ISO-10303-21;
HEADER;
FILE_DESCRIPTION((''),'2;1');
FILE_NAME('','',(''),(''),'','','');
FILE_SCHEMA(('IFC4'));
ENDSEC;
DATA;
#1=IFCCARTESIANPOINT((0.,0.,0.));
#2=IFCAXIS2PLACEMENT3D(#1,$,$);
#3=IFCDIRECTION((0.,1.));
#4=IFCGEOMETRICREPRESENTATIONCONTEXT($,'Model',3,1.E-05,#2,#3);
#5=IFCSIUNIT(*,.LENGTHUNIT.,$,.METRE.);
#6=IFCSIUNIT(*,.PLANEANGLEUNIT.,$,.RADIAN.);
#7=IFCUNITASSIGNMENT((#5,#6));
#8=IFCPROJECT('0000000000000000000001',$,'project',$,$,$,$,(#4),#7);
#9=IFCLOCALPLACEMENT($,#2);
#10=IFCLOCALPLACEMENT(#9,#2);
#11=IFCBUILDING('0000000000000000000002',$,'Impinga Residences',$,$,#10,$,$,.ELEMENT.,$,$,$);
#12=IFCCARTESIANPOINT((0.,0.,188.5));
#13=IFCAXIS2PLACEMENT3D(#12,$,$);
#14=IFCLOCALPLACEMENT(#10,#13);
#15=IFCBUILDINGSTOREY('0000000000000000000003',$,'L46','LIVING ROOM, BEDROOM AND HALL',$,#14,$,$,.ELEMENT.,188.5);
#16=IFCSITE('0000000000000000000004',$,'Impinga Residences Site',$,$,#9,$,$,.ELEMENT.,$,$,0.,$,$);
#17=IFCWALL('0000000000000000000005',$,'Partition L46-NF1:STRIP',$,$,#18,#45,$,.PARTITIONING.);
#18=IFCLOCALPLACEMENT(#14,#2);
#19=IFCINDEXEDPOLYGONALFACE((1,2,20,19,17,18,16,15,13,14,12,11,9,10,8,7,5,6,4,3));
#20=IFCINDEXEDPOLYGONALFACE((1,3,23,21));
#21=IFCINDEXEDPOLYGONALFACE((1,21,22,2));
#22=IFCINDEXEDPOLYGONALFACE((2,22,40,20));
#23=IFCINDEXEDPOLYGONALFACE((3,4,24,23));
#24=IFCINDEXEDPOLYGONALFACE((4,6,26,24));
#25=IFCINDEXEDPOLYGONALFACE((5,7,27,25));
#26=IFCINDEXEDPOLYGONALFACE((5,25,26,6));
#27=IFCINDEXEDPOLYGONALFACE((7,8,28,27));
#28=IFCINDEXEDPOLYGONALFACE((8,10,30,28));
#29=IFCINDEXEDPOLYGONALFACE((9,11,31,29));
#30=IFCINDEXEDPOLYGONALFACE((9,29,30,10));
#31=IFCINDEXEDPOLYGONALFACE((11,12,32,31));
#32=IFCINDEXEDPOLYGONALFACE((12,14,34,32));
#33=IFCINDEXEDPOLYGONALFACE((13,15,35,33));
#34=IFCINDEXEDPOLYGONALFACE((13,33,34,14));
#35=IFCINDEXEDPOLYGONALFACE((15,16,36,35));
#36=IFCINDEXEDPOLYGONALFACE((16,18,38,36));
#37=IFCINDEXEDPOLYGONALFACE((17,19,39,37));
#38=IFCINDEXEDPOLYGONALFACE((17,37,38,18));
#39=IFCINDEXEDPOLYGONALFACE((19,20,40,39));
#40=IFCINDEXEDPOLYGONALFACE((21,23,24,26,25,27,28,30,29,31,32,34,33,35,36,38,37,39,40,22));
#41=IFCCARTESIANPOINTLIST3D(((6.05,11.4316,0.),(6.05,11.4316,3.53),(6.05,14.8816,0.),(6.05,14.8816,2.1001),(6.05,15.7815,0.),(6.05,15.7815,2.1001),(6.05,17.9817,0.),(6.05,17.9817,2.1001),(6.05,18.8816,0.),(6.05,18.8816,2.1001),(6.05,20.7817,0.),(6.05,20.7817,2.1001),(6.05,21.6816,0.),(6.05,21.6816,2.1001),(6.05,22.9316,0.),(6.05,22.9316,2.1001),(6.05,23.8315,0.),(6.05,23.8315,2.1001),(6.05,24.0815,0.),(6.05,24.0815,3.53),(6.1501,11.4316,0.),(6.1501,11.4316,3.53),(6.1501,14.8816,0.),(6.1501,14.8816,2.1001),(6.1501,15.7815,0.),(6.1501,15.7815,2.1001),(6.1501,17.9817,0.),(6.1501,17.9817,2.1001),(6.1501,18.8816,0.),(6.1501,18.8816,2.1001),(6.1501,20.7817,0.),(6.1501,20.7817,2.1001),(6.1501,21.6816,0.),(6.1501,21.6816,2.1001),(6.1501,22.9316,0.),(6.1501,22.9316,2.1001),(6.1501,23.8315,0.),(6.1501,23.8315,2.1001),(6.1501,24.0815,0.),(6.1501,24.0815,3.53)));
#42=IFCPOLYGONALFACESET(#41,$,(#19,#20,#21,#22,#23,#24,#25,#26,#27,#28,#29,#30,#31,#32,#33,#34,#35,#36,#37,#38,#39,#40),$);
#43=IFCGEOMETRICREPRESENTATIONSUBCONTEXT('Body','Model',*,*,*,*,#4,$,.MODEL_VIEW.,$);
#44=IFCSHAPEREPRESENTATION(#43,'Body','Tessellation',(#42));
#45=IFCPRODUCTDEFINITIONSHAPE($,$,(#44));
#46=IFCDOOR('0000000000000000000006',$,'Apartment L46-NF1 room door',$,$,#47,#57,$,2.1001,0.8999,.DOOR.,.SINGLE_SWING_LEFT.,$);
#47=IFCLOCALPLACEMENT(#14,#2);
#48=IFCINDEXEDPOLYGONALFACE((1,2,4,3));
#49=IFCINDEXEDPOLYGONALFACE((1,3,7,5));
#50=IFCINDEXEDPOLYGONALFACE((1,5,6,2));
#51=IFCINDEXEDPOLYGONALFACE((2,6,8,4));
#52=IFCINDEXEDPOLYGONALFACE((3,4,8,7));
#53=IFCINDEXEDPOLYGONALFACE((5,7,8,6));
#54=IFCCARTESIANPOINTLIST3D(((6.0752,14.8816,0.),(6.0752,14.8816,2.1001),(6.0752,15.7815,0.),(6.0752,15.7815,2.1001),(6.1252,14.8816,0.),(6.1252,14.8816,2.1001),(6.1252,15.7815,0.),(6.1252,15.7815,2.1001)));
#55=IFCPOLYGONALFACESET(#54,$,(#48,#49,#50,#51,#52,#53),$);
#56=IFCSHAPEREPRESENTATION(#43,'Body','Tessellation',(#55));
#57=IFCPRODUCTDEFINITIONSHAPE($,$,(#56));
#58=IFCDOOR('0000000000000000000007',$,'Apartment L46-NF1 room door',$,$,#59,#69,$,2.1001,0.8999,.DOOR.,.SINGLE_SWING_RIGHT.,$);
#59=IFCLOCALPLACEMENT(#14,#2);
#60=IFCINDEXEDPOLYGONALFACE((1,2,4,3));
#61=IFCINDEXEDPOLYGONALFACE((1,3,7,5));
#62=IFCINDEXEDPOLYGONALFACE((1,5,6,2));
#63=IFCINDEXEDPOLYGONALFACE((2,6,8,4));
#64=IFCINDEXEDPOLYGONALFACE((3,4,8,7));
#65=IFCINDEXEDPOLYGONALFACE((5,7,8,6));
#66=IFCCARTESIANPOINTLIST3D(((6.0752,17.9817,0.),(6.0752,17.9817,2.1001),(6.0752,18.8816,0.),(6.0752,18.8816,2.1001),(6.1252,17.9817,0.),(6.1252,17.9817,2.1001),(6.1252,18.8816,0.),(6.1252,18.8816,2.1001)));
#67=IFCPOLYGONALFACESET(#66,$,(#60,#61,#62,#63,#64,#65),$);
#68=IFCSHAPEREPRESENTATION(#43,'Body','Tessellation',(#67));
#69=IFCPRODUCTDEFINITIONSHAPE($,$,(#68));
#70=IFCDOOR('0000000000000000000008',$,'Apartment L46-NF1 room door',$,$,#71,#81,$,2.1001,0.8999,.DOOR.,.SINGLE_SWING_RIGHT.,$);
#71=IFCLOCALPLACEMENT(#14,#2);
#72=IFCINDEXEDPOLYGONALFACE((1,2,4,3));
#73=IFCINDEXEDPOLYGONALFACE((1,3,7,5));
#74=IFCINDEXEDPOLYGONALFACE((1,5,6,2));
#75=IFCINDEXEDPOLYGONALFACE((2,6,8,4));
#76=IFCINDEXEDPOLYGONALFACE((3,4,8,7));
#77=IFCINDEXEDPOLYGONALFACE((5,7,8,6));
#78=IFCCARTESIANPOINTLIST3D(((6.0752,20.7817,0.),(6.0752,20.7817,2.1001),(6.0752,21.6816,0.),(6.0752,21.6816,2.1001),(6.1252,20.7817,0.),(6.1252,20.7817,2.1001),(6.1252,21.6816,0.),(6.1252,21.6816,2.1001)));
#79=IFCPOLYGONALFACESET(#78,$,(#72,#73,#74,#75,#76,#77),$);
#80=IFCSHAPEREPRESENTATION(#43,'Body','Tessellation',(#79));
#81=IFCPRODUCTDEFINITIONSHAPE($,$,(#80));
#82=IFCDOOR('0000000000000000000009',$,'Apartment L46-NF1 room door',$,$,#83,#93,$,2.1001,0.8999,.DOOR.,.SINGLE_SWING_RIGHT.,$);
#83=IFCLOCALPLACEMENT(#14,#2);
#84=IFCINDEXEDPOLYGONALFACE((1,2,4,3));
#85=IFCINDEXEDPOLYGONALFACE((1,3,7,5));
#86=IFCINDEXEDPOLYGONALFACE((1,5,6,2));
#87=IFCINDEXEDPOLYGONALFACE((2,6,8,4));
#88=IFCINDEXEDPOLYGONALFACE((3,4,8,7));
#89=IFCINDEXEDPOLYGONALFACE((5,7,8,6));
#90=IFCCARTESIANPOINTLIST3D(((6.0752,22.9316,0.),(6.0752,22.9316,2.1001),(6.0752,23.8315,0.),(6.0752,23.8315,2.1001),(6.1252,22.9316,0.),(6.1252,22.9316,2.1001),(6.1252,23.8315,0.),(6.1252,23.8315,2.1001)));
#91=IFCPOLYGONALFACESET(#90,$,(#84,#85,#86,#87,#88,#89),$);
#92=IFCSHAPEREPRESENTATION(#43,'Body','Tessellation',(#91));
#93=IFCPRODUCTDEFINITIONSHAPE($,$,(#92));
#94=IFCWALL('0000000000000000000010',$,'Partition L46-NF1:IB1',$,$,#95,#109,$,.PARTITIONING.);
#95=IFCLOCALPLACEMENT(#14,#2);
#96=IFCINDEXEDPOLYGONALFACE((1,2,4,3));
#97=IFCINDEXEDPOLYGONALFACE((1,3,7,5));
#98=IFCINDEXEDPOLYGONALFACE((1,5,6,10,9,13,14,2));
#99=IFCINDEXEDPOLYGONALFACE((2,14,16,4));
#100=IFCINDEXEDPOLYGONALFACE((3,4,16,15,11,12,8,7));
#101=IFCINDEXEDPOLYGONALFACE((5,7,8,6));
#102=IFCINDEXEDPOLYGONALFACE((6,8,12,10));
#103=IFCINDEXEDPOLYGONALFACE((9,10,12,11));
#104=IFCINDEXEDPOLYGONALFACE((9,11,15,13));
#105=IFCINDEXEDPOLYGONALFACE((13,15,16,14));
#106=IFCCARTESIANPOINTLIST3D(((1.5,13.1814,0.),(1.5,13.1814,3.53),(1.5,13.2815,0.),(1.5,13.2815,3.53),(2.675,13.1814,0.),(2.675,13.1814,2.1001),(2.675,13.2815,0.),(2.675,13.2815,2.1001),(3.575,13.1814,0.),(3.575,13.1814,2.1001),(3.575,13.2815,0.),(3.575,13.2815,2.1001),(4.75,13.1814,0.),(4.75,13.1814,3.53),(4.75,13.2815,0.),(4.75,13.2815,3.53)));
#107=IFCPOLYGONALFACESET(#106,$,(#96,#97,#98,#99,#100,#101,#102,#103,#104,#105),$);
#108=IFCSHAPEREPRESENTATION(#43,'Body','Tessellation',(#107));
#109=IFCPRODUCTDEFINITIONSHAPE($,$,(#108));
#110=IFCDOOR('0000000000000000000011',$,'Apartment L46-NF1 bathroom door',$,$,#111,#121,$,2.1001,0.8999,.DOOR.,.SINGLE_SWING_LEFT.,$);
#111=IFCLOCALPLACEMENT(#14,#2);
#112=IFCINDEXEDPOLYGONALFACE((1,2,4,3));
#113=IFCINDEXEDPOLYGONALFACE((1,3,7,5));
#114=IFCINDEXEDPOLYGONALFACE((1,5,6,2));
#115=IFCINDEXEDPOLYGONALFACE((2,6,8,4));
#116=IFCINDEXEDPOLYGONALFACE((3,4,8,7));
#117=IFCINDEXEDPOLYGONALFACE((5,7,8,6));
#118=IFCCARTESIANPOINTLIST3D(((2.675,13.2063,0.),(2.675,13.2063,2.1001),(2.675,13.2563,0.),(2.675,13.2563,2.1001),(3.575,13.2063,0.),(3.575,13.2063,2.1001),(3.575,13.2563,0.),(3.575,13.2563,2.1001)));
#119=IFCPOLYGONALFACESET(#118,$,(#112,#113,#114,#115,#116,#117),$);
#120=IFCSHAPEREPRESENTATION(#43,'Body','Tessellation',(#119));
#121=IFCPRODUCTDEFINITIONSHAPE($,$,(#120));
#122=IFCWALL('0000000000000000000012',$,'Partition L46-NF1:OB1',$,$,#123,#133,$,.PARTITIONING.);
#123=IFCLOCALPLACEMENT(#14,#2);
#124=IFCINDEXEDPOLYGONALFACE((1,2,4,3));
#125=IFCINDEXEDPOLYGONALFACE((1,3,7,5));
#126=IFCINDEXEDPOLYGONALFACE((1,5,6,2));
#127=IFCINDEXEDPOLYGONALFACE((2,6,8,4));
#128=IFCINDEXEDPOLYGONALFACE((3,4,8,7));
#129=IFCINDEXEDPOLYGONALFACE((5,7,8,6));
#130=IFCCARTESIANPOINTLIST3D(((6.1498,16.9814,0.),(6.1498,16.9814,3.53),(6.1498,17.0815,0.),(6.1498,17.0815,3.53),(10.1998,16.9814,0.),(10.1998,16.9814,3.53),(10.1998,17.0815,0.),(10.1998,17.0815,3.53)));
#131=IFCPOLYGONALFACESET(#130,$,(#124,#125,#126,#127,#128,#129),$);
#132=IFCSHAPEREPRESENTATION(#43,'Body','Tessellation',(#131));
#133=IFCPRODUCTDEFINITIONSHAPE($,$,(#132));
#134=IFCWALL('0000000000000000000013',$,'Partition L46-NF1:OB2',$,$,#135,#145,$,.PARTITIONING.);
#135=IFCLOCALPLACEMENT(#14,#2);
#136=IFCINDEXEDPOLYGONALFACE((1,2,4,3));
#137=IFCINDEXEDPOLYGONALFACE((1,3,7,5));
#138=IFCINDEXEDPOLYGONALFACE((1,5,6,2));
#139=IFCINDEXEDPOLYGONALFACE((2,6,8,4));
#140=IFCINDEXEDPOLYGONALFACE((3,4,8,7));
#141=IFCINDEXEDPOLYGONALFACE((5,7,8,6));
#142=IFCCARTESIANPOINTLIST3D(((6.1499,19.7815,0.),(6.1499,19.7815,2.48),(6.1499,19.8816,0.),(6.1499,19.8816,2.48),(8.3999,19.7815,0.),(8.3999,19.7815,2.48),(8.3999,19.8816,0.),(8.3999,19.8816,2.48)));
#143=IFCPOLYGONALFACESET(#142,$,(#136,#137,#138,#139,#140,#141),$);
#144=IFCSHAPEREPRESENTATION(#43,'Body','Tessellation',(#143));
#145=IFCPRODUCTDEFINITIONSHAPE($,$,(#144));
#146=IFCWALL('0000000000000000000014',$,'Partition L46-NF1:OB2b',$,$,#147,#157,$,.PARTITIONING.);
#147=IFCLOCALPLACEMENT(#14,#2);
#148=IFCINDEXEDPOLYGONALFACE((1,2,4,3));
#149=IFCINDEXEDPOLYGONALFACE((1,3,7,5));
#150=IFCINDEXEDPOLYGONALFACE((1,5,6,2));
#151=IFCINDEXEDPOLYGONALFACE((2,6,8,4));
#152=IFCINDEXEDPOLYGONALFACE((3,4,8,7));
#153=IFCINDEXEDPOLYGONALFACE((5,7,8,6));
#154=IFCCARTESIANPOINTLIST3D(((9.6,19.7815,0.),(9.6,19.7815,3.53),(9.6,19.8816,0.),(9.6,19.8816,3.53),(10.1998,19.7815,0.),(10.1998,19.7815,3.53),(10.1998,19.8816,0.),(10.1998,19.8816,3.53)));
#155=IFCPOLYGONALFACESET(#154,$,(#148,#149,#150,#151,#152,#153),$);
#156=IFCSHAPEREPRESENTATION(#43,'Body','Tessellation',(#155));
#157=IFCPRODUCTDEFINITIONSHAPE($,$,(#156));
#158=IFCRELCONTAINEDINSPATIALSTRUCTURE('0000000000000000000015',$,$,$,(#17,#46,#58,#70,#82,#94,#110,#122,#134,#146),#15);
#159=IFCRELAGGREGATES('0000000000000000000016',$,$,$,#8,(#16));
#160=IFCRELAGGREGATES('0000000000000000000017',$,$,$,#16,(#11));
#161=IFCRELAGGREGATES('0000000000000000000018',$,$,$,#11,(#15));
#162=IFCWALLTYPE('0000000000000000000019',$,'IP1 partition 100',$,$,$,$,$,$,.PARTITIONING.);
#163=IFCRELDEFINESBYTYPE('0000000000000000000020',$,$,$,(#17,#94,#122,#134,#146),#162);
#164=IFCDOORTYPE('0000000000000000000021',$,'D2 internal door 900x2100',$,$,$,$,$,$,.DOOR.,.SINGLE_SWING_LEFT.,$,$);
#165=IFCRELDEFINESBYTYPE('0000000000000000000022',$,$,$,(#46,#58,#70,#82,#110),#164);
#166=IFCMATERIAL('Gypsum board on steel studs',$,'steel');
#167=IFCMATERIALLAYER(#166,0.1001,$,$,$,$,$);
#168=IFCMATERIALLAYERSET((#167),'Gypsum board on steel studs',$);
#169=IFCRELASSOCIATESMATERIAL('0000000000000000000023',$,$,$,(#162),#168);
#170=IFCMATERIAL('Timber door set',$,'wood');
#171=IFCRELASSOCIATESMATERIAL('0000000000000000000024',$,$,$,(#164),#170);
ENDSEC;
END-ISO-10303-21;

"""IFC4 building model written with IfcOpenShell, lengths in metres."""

from ifc_helpers import new_model, si_unit, direction, frame, frame_2d, origin, place, context, subcontext, project, spatial, rectangle, extrude, material, layer, layer_set, type_object, element, fill, save


model = new_model("IFC4")

# Units and contexts
model_context = context("Model", 3, precision=1e-05, world=origin(), true_north=direction((0.0, 1.0)))
body_context = subcontext(model_context, "Body", "Model", "MODEL_VIEW")
ifc_project = project(units=[si_unit("LENGTHUNIT", "METRE"), si_unit("PLANEANGLEUNIT", "RADIAN")], contexts=[model_context])

# Site, building, storey
site_placement = place(None, origin())
site = spatial("IfcSite", under=ifc_project, at=site_placement, Name="Impinga Residences Site", CompositionType="ELEMENT", RefElevation=0.0)
building_placement = place(site_placement, origin())
building = spatial("IfcBuilding", under=site, at=building_placement, Name="Impinga Residences", CompositionType="ELEMENT")
storey_placement = place(building_placement, frame((0.0, 0.0, 188.5)))
storey = spatial("IfcBuildingStorey", under=building, at=storey_placement, Name="L46", Description="LIVING ROOM, BEDROOM AND HALL", CompositionType="ELEMENT", Elevation=188.5)

# Shared definitions
ifc_material_1 = material(Name="Timber door set", Category="wood")

# Shared definitions
ifc_material_2 = material(Name="Gypsum board on steel studs", Category="steel")
ifc_layer_1 = layer(ifc_material_2, 0.1001)
ifc_layer_set_1 = layer_set([ifc_layer_1], Name="Gypsum board on steel studs")
wall_type_1 = type_object("IfcWallType", Name="IP1 partition 100", PredefinedType="PARTITIONING", material=ifc_layer_set_1)

# Wall, openings, doors
wall_1_placement = place(storey_placement, frame((6.1001, 11.4316, 0.0), z_axis=(0.0, 0.0, 1.0), x_axis=(0.0, 1.0, 0.0)))
wall_1 = element("IfcWall", 1, at=wall_1_placement, inside=storey, type_object=wall_type_1, Name="Partition L46-NF1:STRIP", PredefinedType="PARTITIONING", context=body_context, shape_type="SweptSolid", body=[
    extrude(rectangle(XDim=12.6499, YDim=0.1001, at=frame_2d((6.325, 0.0))), origin(), (0.0, 0.0, 1.0), 3.53),
])
opening_1_placement = place(wall_1_placement, frame((3.45, 0.0, 0.0)))
opening_1 = element("IfcOpeningElement", 2, at=opening_1_placement, cuts=wall_1, PredefinedType="OPENING", context=body_context, shape_type="SweptSolid", body=[
    extrude(rectangle(XDim=0.8999, YDim=2.1001, at=frame_2d((0.45, 1.05))), frame((0.0, 0.0601, 0.0), z_axis=(0.0, -1.0, 0.0), x_axis=(1.0, 0.0, 0.0)), (0.0, 0.0, 1.0), 0.1201),
])
opening_2_placement = place(wall_1_placement, frame((6.55, 0.0, 0.0)))
opening_2 = element("IfcOpeningElement", 3, at=opening_2_placement, cuts=wall_1, PredefinedType="OPENING", context=body_context, shape_type="SweptSolid", body=[
    extrude(rectangle(XDim=0.8999, YDim=2.1001, at=frame_2d((0.45, 1.05))), frame((0.0, 0.0601, 0.0), z_axis=(0.0, -1.0, 0.0), x_axis=(1.0, 0.0, 0.0)), (0.0, 0.0, 1.0), 0.1201),
])
opening_3_placement = place(wall_1_placement, frame((9.3501, 0.0, 0.0)))
opening_3 = element("IfcOpeningElement", 4, at=opening_3_placement, cuts=wall_1, PredefinedType="OPENING", context=body_context, shape_type="SweptSolid", body=[
    extrude(rectangle(XDim=0.8999, YDim=2.1001, at=frame_2d((0.45, 1.05))), frame((0.0, 0.0601, 0.0), z_axis=(0.0, -1.0, 0.0), x_axis=(1.0, 0.0, 0.0)), (0.0, 0.0, 1.0), 0.1201),
])
opening_4_placement = place(wall_1_placement, frame((11.5, 0.0, 0.0)))
opening_4 = element("IfcOpeningElement", 5, at=opening_4_placement, cuts=wall_1, PredefinedType="OPENING", context=body_context, shape_type="SweptSolid", body=[
    extrude(rectangle(XDim=0.8999, YDim=2.1001, at=frame_2d((0.45, 1.05))), frame((0.0, 0.0601, 0.0), z_axis=(0.0, -1.0, 0.0), x_axis=(1.0, 0.0, 0.0)), (0.0, 0.0, 1.0), 0.1201),
])
door_type_1 = type_object("IfcDoorType", Name="D2 internal door 900x2100", OperationType="SINGLE_SWING_LEFT", PredefinedType="DOOR", material=ifc_material_1)
door_1_placement = place(opening_1_placement, origin())
door_1 = element("IfcDoor", 6, at=door_1_placement, inside=storey, type_object=door_type_1, Name="Apartment L46-NF1 room door", OperationType="SINGLE_SWING_LEFT", OverallHeight=2.1001, OverallWidth=0.8999, PredefinedType="DOOR", context=body_context, shape_type="SweptSolid", body=[
    extrude(rectangle(XDim=0.8999, YDim=2.1001, at=frame_2d((0.45, 1.05))), frame((0.0, 0.0249, 0.0), z_axis=(0.0, -1.0, 0.0), x_axis=(1.0, 0.0, 0.0)), (0.0, 0.0, 1.0), 0.05),
])
fill(opening_1, door_1)
door_2_placement = place(opening_2_placement, origin())
door_2 = element("IfcDoor", 7, at=door_2_placement, inside=storey, type_object=door_type_1, Name="Apartment L46-NF1 room door", OperationType="SINGLE_SWING_RIGHT", OverallHeight=2.1001, OverallWidth=0.8999, PredefinedType="DOOR", context=body_context, shape_type="SweptSolid", body=[
    extrude(rectangle(XDim=0.8999, YDim=2.1001, at=frame_2d((0.45, 1.05))), frame((0.0, 0.0249, 0.0), z_axis=(0.0, -1.0, 0.0), x_axis=(1.0, 0.0, 0.0)), (0.0, 0.0, 1.0), 0.05),
])
fill(opening_2, door_2)
door_3_placement = place(opening_3_placement, origin())
door_3 = element("IfcDoor", 8, at=door_3_placement, inside=storey, type_object=door_type_1, Name="Apartment L46-NF1 room door", OperationType="SINGLE_SWING_RIGHT", OverallHeight=2.1001, OverallWidth=0.8999, PredefinedType="DOOR", context=body_context, shape_type="SweptSolid", body=[
    extrude(rectangle(XDim=0.8999, YDim=2.1001, at=frame_2d((0.45, 1.05))), frame((0.0, 0.0249, 0.0), z_axis=(0.0, -1.0, 0.0), x_axis=(1.0, 0.0, 0.0)), (0.0, 0.0, 1.0), 0.05),
])
fill(opening_3, door_3)
door_4_placement = place(opening_4_placement, origin())
door_4 = element("IfcDoor", 9, at=door_4_placement, inside=storey, type_object=door_type_1, Name="Apartment L46-NF1 room door", OperationType="SINGLE_SWING_RIGHT", OverallHeight=2.1001, OverallWidth=0.8999, PredefinedType="DOOR", context=body_context, shape_type="SweptSolid", body=[
    extrude(rectangle(XDim=0.8999, YDim=2.1001, at=frame_2d((0.45, 1.05))), frame((0.0, 0.0249, 0.0), z_axis=(0.0, -1.0, 0.0), x_axis=(1.0, 0.0, 0.0)), (0.0, 0.0, 1.0), 0.05),
])
fill(opening_4, door_4)

# Wall, opening, door
wall_2_placement = place(storey_placement, frame((1.5, 13.2314, 0.0), z_axis=(0.0, 0.0, 1.0), x_axis=(1.0, 0.0, 0.0)))
wall_2 = element("IfcWall", 10, at=wall_2_placement, inside=storey, type_object=wall_type_1, Name="Partition L46-NF1:IB1", PredefinedType="PARTITIONING", context=body_context, shape_type="SweptSolid", body=[
    extrude(rectangle(XDim=3.25, YDim=0.1001, at=frame_2d((1.625, 0.0))), origin(), (0.0, 0.0, 1.0), 3.53),
])
opening_5_placement = place(wall_2_placement, frame((1.175, 0.0, 0.0)))
opening_5 = element("IfcOpeningElement", 11, at=opening_5_placement, cuts=wall_2, PredefinedType="OPENING", context=body_context, shape_type="SweptSolid", body=[
    extrude(rectangle(XDim=0.8999, YDim=2.1001, at=frame_2d((0.45, 1.05))), frame((0.0, 0.0601, 0.0), z_axis=(0.0, -1.0, 0.0), x_axis=(1.0, 0.0, 0.0)), (0.0, 0.0, 1.0), 0.1201),
])
door_5_placement = place(opening_5_placement, origin())
door_5 = element("IfcDoor", 12, at=door_5_placement, inside=storey, type_object=door_type_1, Name="Apartment L46-NF1 bathroom door", OperationType="SINGLE_SWING_LEFT", OverallHeight=2.1001, OverallWidth=0.8999, PredefinedType="DOOR", context=body_context, shape_type="SweptSolid", body=[
    extrude(rectangle(XDim=0.8999, YDim=2.1001, at=frame_2d((0.45, 1.05))), frame((0.0, 0.0249, 0.0), z_axis=(0.0, -1.0, 0.0), x_axis=(1.0, 0.0, 0.0)), (0.0, 0.0, 1.0), 0.05),
])
fill(opening_5, door_5)

# Walls
wall_3_placement = place(storey_placement, frame((6.1499, 17.0315, 0.0), z_axis=(0.0, 0.0, 1.0), x_axis=(1.0, 0.0, 0.0)))
element("IfcWall", 13, at=wall_3_placement, inside=storey, type_object=wall_type_1, Name="Partition L46-NF1:OB1", PredefinedType="PARTITIONING", context=body_context, shape_type="SweptSolid", body=[
    extrude(rectangle(XDim=4.05, YDim=0.1001, at=frame_2d((2.0249, 0.0))), origin(), (0.0, 0.0, 1.0), 3.53),
])
wall_4_placement = place(storey_placement, frame((6.1499, 19.8315, 0.0), z_axis=(0.0, 0.0, 1.0), x_axis=(1.0, 0.0, 0.0)))
element("IfcWall", 14, at=wall_4_placement, inside=storey, type_object=wall_type_1, Name="Partition L46-NF1:OB2", PredefinedType="PARTITIONING", context=body_context, shape_type="SweptSolid", body=[
    extrude(rectangle(XDim=2.25, YDim=0.1001, at=frame_2d((1.125, 0.0))), origin(), (0.0, 0.0, 1.0), 2.48),
])
wall_5_placement = place(storey_placement, frame((9.6001, 19.8315, 0.0), z_axis=(0.0, 0.0, 1.0), x_axis=(1.0, 0.0, 0.0)))
element("IfcWall", 15, at=wall_5_placement, inside=storey, type_object=wall_type_1, Name="Partition L46-NF1:OB2b", PredefinedType="PARTITIONING", context=body_context, shape_type="SweptSolid", body=[
    extrude(rectangle(XDim=0.5999, YDim=0.1001, at=frame_2d((0.2998, 0.0))), origin(), (0.0, 0.0, 1.0), 3.53),
])

save(model, "model.ifc")
